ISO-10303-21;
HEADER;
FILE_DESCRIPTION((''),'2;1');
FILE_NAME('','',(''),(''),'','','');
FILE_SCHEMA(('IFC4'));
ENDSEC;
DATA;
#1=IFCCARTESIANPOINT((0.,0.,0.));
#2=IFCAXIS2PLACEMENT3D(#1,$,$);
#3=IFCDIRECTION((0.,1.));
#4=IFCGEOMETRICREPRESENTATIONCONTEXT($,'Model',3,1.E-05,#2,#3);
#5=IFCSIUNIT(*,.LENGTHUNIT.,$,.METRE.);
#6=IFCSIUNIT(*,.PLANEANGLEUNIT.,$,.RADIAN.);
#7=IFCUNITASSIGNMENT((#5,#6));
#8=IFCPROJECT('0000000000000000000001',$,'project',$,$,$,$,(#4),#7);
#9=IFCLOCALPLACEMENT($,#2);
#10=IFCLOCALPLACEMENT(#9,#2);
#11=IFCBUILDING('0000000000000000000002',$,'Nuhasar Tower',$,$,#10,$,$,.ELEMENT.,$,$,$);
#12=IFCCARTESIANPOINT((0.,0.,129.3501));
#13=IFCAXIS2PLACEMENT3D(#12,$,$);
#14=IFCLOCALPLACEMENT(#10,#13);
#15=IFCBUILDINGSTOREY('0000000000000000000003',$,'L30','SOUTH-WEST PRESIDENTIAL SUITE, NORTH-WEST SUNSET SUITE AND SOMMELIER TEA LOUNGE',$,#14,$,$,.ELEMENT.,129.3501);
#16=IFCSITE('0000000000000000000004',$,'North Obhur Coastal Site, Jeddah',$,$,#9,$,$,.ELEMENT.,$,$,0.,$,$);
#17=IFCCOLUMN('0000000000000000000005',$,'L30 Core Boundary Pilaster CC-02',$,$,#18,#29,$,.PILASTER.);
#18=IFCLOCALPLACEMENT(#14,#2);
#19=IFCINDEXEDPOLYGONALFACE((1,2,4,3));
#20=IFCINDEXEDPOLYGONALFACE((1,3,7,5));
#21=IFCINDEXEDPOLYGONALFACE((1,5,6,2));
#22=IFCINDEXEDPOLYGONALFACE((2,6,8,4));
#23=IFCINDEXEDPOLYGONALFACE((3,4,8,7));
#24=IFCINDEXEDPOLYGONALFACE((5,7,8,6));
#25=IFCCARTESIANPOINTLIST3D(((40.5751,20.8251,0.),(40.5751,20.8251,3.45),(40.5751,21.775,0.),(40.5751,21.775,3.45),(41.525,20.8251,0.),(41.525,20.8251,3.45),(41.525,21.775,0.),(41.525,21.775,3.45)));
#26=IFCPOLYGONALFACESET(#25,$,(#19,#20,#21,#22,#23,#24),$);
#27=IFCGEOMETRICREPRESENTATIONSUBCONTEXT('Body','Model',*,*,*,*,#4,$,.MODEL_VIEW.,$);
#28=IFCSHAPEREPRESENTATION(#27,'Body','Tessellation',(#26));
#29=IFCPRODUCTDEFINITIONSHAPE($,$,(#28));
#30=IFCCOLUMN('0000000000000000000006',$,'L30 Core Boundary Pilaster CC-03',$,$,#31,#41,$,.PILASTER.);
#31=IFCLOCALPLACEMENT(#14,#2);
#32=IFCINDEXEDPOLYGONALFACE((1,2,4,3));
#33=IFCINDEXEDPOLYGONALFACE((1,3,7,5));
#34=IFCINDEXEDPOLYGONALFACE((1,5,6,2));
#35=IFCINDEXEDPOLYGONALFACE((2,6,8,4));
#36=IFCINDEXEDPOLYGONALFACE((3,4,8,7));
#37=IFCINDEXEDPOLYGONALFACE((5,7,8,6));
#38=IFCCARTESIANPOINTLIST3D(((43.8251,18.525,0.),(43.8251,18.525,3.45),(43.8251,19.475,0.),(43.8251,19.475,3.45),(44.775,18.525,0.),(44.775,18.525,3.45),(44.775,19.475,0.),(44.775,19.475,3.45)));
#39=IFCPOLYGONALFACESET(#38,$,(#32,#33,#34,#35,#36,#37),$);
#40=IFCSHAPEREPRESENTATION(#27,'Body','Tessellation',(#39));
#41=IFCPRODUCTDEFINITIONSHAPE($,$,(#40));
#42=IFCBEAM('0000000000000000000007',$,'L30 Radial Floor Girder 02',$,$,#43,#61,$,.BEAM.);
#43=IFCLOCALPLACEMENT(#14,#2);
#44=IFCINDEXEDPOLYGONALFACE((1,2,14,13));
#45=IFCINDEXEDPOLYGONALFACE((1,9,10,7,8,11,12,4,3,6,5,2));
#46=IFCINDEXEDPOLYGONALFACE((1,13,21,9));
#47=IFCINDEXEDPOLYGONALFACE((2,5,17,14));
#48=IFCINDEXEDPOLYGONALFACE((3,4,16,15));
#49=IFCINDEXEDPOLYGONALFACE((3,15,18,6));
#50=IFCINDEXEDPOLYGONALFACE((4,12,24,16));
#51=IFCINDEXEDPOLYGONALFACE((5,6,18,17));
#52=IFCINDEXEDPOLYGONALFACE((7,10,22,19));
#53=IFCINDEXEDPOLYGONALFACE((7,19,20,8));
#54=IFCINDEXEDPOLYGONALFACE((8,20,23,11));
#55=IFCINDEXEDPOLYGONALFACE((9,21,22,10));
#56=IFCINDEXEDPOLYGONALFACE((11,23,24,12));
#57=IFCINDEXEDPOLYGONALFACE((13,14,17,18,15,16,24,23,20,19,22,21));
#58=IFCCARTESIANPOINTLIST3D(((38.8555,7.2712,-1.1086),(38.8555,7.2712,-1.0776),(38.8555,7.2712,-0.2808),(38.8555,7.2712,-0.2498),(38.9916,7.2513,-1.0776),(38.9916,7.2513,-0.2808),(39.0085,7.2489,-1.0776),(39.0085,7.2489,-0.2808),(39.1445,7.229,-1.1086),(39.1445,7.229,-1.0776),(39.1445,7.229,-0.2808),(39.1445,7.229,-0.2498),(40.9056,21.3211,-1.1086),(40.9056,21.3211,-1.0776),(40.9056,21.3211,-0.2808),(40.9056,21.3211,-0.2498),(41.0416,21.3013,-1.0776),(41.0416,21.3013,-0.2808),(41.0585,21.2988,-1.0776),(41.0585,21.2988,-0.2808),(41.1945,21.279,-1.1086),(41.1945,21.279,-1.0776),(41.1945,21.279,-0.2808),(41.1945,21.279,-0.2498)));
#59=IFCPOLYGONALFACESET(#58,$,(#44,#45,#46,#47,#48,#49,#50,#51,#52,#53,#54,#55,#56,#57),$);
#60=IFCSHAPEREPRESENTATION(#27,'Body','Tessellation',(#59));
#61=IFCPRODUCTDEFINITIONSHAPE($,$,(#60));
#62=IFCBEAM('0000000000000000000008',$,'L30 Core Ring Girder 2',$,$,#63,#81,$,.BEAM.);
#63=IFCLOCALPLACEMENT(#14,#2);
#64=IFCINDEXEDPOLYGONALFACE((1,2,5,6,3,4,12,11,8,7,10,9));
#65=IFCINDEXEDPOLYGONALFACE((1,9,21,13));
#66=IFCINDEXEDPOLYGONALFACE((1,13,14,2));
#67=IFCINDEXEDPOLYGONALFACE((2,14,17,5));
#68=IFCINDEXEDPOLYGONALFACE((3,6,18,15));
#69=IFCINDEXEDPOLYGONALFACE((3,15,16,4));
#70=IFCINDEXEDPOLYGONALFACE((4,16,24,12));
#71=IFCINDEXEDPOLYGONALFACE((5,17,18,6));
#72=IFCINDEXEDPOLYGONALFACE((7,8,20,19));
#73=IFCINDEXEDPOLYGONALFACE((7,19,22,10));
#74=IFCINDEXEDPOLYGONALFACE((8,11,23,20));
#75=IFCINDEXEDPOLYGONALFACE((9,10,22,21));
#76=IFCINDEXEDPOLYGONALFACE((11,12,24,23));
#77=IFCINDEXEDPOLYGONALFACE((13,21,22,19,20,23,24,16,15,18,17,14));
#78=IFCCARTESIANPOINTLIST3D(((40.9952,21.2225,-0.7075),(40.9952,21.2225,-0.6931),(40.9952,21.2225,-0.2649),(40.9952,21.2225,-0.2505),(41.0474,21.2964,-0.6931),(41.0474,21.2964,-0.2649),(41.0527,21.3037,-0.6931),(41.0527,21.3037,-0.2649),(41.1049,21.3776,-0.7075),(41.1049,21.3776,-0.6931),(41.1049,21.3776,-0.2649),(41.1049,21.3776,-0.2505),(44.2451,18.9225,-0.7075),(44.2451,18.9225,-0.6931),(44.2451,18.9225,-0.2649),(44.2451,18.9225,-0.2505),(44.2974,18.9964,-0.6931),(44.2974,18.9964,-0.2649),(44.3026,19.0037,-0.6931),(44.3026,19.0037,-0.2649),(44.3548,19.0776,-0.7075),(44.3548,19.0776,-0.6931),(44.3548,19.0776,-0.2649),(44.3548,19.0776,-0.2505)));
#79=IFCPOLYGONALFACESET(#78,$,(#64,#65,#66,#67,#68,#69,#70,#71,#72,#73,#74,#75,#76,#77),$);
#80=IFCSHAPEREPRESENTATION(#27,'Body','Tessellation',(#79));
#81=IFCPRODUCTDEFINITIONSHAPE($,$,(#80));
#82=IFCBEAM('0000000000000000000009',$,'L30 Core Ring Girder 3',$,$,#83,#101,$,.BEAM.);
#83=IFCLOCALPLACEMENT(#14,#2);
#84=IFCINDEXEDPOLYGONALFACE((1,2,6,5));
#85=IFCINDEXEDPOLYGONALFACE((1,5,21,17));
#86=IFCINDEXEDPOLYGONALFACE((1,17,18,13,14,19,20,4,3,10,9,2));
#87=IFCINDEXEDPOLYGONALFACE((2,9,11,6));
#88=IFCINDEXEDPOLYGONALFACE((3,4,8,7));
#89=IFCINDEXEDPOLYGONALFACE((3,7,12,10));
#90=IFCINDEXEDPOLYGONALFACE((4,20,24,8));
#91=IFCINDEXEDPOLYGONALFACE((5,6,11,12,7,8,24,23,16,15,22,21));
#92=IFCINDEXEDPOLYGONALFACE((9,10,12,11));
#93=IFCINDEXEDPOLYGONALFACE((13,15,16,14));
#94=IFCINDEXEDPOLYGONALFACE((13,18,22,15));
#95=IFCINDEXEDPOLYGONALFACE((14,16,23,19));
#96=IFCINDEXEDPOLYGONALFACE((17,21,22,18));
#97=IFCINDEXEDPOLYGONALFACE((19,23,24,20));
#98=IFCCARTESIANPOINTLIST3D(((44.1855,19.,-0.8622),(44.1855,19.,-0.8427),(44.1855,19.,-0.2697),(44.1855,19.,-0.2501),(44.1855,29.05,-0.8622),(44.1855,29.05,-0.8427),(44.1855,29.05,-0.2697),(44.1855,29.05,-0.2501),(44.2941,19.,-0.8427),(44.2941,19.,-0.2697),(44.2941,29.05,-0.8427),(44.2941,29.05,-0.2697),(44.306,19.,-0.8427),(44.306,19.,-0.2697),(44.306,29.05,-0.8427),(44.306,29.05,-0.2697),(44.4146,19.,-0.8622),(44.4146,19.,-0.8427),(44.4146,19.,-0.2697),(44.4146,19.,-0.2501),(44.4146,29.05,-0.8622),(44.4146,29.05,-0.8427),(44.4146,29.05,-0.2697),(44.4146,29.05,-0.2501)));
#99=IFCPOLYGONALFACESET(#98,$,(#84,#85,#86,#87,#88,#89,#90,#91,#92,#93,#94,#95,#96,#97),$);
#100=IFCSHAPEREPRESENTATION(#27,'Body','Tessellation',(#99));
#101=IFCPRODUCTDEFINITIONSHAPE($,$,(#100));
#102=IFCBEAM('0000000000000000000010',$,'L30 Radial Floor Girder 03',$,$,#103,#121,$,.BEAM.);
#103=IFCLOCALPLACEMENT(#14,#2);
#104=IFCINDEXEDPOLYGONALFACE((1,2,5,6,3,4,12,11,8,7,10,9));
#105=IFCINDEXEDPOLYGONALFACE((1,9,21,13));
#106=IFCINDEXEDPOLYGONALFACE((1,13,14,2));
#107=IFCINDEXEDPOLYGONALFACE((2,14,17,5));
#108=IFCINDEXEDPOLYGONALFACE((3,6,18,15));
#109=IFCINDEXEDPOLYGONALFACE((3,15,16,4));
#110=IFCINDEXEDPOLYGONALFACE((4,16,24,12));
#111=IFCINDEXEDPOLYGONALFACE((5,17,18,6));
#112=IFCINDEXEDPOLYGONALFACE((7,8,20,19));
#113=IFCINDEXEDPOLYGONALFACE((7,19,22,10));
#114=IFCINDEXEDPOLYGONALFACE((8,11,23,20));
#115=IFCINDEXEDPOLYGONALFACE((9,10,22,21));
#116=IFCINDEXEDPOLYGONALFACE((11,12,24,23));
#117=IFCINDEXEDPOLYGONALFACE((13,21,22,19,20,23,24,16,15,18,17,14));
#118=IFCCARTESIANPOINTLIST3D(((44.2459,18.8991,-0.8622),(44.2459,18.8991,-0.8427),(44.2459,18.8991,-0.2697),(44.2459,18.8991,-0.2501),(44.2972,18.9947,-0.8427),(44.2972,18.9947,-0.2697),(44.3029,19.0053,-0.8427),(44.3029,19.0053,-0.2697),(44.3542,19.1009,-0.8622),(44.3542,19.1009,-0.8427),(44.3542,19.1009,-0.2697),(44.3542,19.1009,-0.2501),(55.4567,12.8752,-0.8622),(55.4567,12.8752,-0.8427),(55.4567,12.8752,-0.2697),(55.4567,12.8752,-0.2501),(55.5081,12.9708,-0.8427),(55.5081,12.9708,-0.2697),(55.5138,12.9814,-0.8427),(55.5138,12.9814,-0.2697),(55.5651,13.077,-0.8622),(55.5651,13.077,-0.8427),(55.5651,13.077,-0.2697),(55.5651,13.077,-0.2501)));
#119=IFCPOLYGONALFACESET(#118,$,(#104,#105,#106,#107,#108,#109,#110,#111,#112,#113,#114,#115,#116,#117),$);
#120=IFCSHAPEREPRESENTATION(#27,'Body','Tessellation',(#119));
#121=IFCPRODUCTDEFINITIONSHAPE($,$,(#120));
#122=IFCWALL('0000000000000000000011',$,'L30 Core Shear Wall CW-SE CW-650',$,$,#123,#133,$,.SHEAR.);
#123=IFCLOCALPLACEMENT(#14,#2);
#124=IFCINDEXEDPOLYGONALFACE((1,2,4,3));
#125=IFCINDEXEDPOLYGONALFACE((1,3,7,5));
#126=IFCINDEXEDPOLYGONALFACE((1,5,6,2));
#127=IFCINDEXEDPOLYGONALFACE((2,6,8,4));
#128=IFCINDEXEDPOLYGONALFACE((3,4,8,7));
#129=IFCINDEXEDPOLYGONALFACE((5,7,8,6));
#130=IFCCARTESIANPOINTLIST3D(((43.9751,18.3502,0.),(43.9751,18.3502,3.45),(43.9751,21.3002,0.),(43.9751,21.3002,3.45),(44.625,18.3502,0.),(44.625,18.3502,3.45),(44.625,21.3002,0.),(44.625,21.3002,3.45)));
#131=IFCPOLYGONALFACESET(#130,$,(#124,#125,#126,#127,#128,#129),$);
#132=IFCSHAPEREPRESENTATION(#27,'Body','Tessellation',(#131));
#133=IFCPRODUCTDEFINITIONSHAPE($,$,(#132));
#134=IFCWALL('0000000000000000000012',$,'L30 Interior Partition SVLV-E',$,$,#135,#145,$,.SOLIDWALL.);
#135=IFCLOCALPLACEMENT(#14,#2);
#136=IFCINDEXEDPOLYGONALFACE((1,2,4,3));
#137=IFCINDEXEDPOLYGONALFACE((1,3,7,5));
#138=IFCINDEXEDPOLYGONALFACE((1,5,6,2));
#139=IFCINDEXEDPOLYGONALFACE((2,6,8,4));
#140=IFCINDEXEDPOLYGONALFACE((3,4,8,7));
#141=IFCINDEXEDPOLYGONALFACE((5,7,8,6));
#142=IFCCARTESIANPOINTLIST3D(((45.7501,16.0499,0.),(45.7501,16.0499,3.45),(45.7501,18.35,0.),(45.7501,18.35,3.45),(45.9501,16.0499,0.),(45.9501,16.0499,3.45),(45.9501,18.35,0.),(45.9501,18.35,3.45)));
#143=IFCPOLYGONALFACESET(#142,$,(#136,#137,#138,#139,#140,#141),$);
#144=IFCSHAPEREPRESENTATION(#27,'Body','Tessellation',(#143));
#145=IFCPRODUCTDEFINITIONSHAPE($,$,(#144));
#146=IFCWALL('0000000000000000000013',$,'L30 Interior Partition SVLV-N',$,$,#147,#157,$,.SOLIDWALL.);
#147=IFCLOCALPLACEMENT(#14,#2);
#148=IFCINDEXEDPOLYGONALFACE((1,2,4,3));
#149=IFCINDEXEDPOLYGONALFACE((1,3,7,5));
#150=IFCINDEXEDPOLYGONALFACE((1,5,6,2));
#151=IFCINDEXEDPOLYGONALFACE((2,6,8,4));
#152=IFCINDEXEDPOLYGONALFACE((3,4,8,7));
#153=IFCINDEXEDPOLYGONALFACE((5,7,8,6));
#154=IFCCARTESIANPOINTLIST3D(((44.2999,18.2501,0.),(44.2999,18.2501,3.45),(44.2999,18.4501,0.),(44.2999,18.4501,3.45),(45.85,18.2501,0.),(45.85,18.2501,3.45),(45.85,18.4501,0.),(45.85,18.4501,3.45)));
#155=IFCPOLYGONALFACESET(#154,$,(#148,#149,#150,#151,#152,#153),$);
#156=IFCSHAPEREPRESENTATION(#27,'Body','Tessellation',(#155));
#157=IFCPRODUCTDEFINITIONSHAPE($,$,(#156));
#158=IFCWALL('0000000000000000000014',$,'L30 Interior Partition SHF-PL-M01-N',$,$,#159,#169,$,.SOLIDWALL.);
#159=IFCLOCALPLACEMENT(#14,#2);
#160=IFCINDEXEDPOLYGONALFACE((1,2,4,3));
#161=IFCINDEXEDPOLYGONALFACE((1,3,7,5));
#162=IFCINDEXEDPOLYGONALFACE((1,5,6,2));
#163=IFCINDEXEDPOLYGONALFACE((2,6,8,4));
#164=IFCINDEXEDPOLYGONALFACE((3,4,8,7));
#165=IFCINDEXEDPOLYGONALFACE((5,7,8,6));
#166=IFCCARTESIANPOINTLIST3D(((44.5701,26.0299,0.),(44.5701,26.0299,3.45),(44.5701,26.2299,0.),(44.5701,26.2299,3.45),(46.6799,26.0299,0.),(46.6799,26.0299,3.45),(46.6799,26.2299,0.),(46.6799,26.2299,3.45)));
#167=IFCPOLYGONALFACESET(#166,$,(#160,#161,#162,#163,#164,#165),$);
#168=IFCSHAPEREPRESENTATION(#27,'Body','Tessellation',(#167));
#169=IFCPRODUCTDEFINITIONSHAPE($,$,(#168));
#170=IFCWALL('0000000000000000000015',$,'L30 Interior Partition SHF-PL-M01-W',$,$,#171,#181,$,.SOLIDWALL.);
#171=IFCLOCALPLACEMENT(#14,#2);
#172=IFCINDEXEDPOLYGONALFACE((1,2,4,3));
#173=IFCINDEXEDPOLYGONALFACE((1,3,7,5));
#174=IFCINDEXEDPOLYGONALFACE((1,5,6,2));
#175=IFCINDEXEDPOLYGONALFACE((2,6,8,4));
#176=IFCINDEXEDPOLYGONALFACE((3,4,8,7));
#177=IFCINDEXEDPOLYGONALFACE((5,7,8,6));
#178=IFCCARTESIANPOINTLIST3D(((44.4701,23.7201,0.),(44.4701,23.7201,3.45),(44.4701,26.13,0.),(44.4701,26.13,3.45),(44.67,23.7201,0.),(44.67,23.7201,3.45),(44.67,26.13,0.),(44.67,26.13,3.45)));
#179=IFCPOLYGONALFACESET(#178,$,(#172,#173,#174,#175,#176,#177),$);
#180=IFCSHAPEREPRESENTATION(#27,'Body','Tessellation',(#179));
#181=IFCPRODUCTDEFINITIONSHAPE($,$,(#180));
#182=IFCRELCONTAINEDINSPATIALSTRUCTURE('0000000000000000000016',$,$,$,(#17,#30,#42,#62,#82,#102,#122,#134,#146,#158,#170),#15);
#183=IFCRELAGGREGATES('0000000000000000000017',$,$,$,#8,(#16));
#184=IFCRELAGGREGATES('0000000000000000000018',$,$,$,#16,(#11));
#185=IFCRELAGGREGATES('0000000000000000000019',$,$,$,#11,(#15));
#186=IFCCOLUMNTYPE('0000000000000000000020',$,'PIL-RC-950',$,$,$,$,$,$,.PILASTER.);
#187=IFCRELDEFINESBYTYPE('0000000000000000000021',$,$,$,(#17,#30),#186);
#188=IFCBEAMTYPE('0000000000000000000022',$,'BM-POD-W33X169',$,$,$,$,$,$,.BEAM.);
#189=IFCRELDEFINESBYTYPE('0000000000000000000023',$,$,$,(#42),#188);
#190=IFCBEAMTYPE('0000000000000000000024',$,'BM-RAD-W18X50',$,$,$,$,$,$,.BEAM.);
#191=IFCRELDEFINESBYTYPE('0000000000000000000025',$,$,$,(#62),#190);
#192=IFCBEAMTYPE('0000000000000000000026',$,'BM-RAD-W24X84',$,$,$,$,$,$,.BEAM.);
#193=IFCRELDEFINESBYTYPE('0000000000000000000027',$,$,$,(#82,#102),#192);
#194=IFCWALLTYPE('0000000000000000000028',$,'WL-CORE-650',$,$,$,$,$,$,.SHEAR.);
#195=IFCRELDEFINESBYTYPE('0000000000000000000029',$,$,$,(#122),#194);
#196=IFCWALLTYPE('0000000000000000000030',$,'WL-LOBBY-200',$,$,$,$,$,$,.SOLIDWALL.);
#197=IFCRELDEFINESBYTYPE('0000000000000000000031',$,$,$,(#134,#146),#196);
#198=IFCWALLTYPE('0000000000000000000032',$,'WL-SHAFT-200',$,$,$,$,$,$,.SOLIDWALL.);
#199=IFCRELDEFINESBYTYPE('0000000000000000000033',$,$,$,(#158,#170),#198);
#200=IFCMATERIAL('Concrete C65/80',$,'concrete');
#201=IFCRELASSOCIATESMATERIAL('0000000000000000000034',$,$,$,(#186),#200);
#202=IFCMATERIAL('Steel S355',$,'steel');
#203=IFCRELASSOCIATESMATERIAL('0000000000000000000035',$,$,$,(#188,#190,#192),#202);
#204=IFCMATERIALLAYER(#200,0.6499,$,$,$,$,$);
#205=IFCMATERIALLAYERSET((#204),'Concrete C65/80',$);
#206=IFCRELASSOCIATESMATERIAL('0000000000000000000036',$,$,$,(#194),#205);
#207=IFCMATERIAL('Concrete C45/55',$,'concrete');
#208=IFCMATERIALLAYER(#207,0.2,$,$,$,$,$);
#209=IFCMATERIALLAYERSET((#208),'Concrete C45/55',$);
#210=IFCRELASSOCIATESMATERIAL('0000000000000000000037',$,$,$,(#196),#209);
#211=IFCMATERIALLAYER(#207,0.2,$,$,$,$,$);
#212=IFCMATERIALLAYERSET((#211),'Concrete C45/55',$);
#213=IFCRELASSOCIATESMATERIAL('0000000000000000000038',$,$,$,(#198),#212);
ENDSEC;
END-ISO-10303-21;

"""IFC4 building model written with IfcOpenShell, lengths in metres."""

from ifc_helpers import new_model, si_unit, direction, frame, frame_2d, origin, origin_2d, place, context, subcontext, project, spatial, rectangle, i_section, extrude, material, layer, layer_set, material_profile, profile_set, type_object, element, save


model = new_model("IFC4")

# Units and contexts
model_context = context("Model", 3, precision=1e-05, world=origin(), true_north=direction((0.0, 1.0)))
body_context = subcontext(model_context, "Body", "Model", "MODEL_VIEW")
ifc_project = project(units=[si_unit("LENGTHUNIT", "METRE"), si_unit("PLANEANGLEUNIT", "RADIAN")], contexts=[model_context])

# Site, building, storey
site_placement = place(None, origin())
site = spatial("IfcSite", under=ifc_project, at=site_placement, Name="North Obhur Coastal Site, Jeddah", CompositionType="ELEMENT", RefElevation=0.0)
building_placement = place(site_placement, origin())
building = spatial("IfcBuilding", under=site, at=building_placement, Name="Nuhasar Tower", CompositionType="ELEMENT")
storey_placement = place(building_placement, frame((0.0, 0.0, 129.3501)))
storey = spatial("IfcBuildingStorey", under=building, at=storey_placement, Name="L30", Description="SOUTH-WEST PRESIDENTIAL SUITE, NORTH-WEST SUNSET SUITE AND SOMMELIER TEA LOUNGE", CompositionType="ELEMENT", Elevation=129.3501)

# Columns
ifc_material_1 = material(Name="Concrete C65/80", Category="concrete")
ifc_material_profile_1 = material_profile(ifc_material_1, rectangle(XDim=0.95, YDim=0.95, at=origin_2d()), Name="RC950X950")
ifc_profile_set_1 = profile_set([ifc_material_profile_1], Name="Concrete C65/80")
column_type = type_object("IfcColumnType", Name="PIL-RC-950", PredefinedType="PILASTER", material=ifc_profile_set_1)
for number, where, z_axis, x_axis, name in (
    (1, (41.05, 21.3, 0.0), (0.0, 0.0, 1.0), (1.0, 0.0, 0.0), "L30 Core Boundary Pilaster CC-02"),
    (2, (44.3, 19.0, 0.0), (0.0, 0.0, 1.0), (1.0, 0.0, 0.0), "L30 Core Boundary Pilaster CC-03"),
):
    element("IfcColumn", number, at=place(storey_placement, frame(where, z_axis=z_axis, x_axis=x_axis)), inside=storey, type_object=column_type, Name=name, PredefinedType="PILASTER", context=body_context, shape_type="SweptSolid", body=[
        extrude(rectangle(XDim=0.95, YDim=0.95, at=origin_2d()), origin(), (0.0, 0.0, 1.0), 3.45),
    ])

# Beams
ifc_material_2 = material(Name="Steel S355", Category="steel")
ifc_material_profile_2 = material_profile(ifc_material_2, i_section(OverallWidth=0.292, OverallDepth=0.8589, WebThickness=0.0171, FlangeThickness=0.031, at=origin_2d()), Name="W33X169")
ifc_profile_set_2 = profile_set([ifc_material_profile_2], Name="Steel S355")
beam_type_1 = type_object("IfcBeamType", Name="BM-POD-W33X169", PredefinedType="BEAM", material=ifc_profile_set_2)
beam_1_placement = place(storey_placement, frame((41.05, 21.3, -0.6792), z_axis=(-0.144382, -0.989522, 0.0), x_axis=(0.989522, -0.144382, 0.0)))
element("IfcBeam", 3, at=beam_1_placement, inside=storey, type_object=beam_type_1, Name="L30 Radial Floor Girder 02", PredefinedType="BEAM", context=body_context, shape_type="SweptSolid", body=[
    extrude(i_section(OverallWidth=0.292, OverallDepth=0.8589, WebThickness=0.0171, FlangeThickness=0.031, at=origin_2d()), origin(), (0.0, 0.0, 1.0), 14.1987),
])
ifc_material_profile_3 = material_profile(ifc_material_2, i_section(OverallWidth=0.1899, OverallDepth=0.457, WebThickness=0.009, FlangeThickness=0.0144, at=origin_2d()), Name="W18X50")
ifc_profile_set_3 = profile_set([ifc_material_profile_3], Name="Steel S355")
beam_type_2 = type_object("IfcBeamType", Name="BM-RAD-W18X50", PredefinedType="BEAM", material=ifc_profile_set_3)
beam_2_placement = place(storey_placement, frame((41.05, 21.3, -0.479), z_axis=(0.816265, -0.577677, 0.0), x_axis=(0.577677, 0.816265, 0.0)))
element("IfcBeam", 4, at=beam_2_placement, inside=storey, type_object=beam_type_2, Name="L30 Core Ring Girder 2", PredefinedType="BEAM", context=body_context, shape_type="SweptSolid", body=[
    extrude(i_section(OverallWidth=0.1899, OverallDepth=0.457, WebThickness=0.009, FlangeThickness=0.0144, at=origin_2d()), origin(), (0.0, 0.0, 1.0), 3.9814),
])
ifc_material_profile_4 = material_profile(ifc_material_2, i_section(OverallWidth=0.229, OverallDepth=0.6121, WebThickness=0.012, FlangeThickness=0.0195, at=origin_2d()), Name="W24X84")
ifc_profile_set_4 = profile_set([ifc_material_profile_4], Name="Steel S355")
beam_type_3 = type_object("IfcBeamType", Name="BM-RAD-W24X84", PredefinedType="BEAM", material=ifc_profile_set_4)
beam_3_placement = place(storey_placement, frame((44.3, 19.0, -0.5562), z_axis=(0.0, 1.0, 0.0), x_axis=(-1.0, 0.0, 0.0)))
element("IfcBeam", 5, at=beam_3_placement, inside=storey, type_object=beam_type_3, Name="L30 Core Ring Girder 3", PredefinedType="BEAM", context=body_context, shape_type="SweptSolid", body=[
    extrude(i_section(OverallWidth=0.229, OverallDepth=0.6121, WebThickness=0.012, FlangeThickness=0.0195, at=origin_2d()), origin(), (0.0, 0.0, 1.0), 10.05),
])
beam_4_placement = place(storey_placement, frame((44.3, 19.0, -0.5562), z_axis=(0.880888, -0.473324, 0.0), x_axis=(0.473324, 0.880888, 0.0)))
element("IfcBeam", 6, at=beam_4_placement, inside=storey, type_object=beam_type_3, Name="L30 Radial Floor Girder 03", PredefinedType="BEAM", context=body_context, shape_type="SweptSolid", body=[
    extrude(i_section(OverallWidth=0.229, OverallDepth=0.6121, WebThickness=0.012, FlangeThickness=0.0195, at=origin_2d()), origin(), (0.0, 0.0, 1.0), 12.7268),
])

# Wall
ifc_layer_1 = layer(ifc_material_1, 0.6499)
ifc_layer_set_1 = layer_set([ifc_layer_1], Name="Concrete C65/80")
wall_type_1 = type_object("IfcWallType", Name="WL-CORE-650", PredefinedType="SHEAR", material=ifc_layer_set_1)
wall_1_placement = place(storey_placement, frame((44.3, 18.3501, 0.0), z_axis=(0.0, 0.0, 1.0), x_axis=(0.0, 1.0, 0.0)))
element("IfcWall", 7, at=wall_1_placement, inside=storey, type_object=wall_type_1, Name="L30 Core Shear Wall CW-SE CW-650", PredefinedType="SHEAR", context=body_context, shape_type="SweptSolid", body=[
    extrude(rectangle(XDim=2.95, YDim=0.6499, at=frame_2d((1.4751, 0.0))), origin(), (0.0, 0.0, 1.0), 3.45),
])

# Shared definitions
ifc_material_3 = material(Name="Concrete C45/55", Category="concrete")
ifc_layer_2 = layer(ifc_material_3, 0.2)
ifc_layer_set_2 = layer_set([ifc_layer_2], Name="Concrete C45/55")
wall_type_2 = type_object("IfcWallType", Name="WL-LOBBY-200", PredefinedType="SOLIDWALL", material=ifc_layer_set_2)

# Walls
wall_2_placement = place(storey_placement, frame((45.8501, 16.05, 0.0), z_axis=(0.0, 0.0, 1.0), x_axis=(0.0, 1.0, 0.0)))
element("IfcWall", 8, at=wall_2_placement, inside=storey, type_object=wall_type_2, Name="L30 Interior Partition SVLV-E", PredefinedType="SOLIDWALL", context=body_context, shape_type="SweptSolid", body=[
    extrude(rectangle(XDim=2.3, YDim=0.2, at=frame_2d((1.1499, 0.0))), origin(), (0.0, 0.0, 1.0), 3.45),
])
wall_3_placement = place(storey_placement, frame((44.3, 18.3501, 0.0), z_axis=(0.0, 0.0, 1.0), x_axis=(1.0, 0.0, 0.0)))
element("IfcWall", 9, at=wall_3_placement, inside=storey, type_object=wall_type_2, Name="L30 Interior Partition SVLV-N", PredefinedType="SOLIDWALL", context=body_context, shape_type="SweptSolid", body=[
    extrude(rectangle(XDim=1.55, YDim=0.2, at=frame_2d((0.7749, 0.0))), origin(), (0.0, 0.0, 1.0), 3.45),
])

# Shared definitions
ifc_layer_3 = layer(ifc_material_3, 0.2)
ifc_layer_set_3 = layer_set([ifc_layer_3], Name="Concrete C45/55")
wall_type_3 = type_object("IfcWallType", Name="WL-SHAFT-200", PredefinedType="SOLIDWALL", material=ifc_layer_set_3)

# Walls
wall_4_placement = place(storey_placement, frame((44.5701, 26.1299, 0.0), z_axis=(0.0, 0.0, 1.0), x_axis=(1.0, 0.0, 0.0)))
element("IfcWall", 10, at=wall_4_placement, inside=storey, type_object=wall_type_3, Name="L30 Interior Partition SHF-PL-M01-N", PredefinedType="SOLIDWALL", context=body_context, shape_type="SweptSolid", body=[
    extrude(rectangle(XDim=2.1099, YDim=0.2, at=frame_2d((1.0549, 0.0))), origin(), (0.0, 0.0, 1.0), 3.45),
])
wall_5_placement = place(storey_placement, frame((44.5701, 23.72, 0.0), z_axis=(0.0, 0.0, 1.0), x_axis=(0.0, 1.0, 0.0)))
element("IfcWall", 11, at=wall_5_placement, inside=storey, type_object=wall_type_3, Name="L30 Interior Partition SHF-PL-M01-W", PredefinedType="SOLIDWALL", context=body_context, shape_type="SweptSolid", body=[
    extrude(rectangle(XDim=2.4099, YDim=0.2, at=frame_2d((1.2051, 0.0))), origin(), (0.0, 0.0, 1.0), 3.45),
])

save(model, "model.ifc")
